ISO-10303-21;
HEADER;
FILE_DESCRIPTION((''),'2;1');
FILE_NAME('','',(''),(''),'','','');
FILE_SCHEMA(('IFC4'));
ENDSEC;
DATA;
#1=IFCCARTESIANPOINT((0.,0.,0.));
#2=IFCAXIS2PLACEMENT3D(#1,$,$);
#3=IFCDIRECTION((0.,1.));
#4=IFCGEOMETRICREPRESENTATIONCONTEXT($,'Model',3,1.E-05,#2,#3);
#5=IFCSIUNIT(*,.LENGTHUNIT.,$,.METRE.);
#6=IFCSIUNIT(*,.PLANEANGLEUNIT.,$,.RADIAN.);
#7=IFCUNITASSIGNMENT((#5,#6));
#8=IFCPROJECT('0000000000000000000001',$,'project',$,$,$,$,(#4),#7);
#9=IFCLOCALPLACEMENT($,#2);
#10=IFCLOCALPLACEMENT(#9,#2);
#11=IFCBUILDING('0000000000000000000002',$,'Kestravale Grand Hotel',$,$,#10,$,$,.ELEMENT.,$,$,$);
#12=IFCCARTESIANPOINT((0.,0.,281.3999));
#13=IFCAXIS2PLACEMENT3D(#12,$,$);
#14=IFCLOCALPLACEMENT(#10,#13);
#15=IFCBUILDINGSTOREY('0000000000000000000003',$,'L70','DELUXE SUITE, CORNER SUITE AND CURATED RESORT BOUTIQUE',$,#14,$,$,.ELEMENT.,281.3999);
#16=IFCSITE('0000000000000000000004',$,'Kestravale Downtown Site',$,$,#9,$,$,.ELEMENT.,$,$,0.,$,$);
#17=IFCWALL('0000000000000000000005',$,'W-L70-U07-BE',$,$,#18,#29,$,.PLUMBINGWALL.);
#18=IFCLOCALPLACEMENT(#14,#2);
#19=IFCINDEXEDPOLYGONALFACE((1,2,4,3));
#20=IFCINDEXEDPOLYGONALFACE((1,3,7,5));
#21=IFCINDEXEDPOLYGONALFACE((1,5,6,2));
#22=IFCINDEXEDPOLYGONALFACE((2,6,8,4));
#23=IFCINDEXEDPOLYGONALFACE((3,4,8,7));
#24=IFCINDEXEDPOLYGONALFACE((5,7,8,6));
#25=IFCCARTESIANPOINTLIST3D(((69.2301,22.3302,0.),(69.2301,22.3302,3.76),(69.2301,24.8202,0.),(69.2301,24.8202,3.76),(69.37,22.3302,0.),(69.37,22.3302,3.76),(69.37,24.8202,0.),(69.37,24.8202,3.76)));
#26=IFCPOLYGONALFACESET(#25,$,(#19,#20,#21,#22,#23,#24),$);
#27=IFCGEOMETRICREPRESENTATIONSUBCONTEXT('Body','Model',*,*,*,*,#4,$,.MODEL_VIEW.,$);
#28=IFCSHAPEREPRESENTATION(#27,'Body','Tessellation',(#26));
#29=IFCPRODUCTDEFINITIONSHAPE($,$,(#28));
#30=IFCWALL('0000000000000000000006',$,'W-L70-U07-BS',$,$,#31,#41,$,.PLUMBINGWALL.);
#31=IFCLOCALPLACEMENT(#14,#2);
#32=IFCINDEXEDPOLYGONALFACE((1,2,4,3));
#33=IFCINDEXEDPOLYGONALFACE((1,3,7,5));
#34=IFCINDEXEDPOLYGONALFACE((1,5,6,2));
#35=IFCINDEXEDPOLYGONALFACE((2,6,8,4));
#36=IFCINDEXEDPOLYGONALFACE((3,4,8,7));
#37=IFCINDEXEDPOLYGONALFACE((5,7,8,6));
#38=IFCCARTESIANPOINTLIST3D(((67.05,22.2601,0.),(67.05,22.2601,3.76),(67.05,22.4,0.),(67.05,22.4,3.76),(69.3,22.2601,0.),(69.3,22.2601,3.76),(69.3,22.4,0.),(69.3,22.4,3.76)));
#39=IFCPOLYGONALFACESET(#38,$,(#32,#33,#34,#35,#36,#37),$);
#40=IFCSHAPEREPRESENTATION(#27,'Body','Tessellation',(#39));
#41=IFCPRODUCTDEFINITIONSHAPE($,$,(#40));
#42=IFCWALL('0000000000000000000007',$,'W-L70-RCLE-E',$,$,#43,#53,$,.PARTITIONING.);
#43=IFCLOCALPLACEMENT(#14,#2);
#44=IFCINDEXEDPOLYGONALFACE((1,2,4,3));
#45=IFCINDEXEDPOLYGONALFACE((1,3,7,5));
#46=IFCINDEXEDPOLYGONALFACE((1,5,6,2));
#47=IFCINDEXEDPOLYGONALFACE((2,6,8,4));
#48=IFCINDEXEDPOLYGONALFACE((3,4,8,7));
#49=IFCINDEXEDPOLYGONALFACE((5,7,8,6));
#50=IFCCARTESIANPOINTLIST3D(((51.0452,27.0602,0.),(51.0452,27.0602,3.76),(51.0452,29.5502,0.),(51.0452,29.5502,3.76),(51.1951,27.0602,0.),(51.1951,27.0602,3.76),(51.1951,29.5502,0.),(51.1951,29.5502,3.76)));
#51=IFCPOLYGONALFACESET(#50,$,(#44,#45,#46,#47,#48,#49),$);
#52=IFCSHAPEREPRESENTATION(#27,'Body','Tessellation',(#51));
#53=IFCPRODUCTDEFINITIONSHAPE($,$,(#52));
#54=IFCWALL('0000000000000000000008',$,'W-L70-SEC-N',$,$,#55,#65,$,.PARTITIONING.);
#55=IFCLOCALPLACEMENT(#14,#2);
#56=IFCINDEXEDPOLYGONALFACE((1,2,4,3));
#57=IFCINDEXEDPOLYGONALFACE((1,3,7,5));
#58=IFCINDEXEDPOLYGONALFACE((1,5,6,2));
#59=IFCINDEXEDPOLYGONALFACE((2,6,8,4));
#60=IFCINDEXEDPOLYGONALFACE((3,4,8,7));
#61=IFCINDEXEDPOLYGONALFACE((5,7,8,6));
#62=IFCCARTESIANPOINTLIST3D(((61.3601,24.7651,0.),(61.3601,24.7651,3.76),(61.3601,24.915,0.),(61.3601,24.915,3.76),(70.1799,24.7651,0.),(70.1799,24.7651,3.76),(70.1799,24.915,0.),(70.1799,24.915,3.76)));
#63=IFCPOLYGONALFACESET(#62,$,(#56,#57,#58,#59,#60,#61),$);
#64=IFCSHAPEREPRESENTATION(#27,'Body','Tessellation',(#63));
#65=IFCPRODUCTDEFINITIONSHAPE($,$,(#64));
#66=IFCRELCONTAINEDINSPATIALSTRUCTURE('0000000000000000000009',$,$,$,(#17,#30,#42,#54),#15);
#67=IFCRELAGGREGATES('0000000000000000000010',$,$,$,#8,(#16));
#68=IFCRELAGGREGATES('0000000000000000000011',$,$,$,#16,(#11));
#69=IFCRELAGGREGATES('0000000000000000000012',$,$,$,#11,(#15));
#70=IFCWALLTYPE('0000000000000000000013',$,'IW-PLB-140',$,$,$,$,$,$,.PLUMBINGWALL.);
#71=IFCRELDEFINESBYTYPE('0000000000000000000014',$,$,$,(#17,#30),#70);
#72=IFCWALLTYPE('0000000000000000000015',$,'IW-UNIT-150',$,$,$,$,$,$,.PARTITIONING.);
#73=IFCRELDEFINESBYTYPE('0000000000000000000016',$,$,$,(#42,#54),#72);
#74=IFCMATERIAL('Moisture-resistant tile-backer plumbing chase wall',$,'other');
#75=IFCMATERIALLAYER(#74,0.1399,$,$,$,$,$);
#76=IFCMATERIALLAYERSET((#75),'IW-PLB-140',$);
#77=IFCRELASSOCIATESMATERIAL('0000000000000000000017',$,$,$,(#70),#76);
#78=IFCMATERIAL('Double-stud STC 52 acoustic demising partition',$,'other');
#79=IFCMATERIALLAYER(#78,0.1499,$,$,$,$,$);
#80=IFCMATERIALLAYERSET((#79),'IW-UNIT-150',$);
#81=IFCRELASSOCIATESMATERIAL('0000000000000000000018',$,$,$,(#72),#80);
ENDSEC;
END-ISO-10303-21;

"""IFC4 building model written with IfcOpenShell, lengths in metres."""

from ifc_helpers import new_model, si_unit, direction, frame, frame_2d, origin, place, context, subcontext, project, spatial, rectangle, extrude, material, layer, layer_set, type_object, element, save


model = new_model("IFC4")

# Units and contexts
model_context = context("Model", 3, precision=1e-05, world=origin(), true_north=direction((0.0, 1.0)))
body_context = subcontext(model_context, "Body", "Model", "MODEL_VIEW")
ifc_project = project(units=[si_unit("LENGTHUNIT", "METRE"), si_unit("PLANEANGLEUNIT", "RADIAN")], contexts=[model_context])

# Site, building, storey
site_placement = place(None, origin())
site = spatial("IfcSite", under=ifc_project, at=site_placement, Name="Kestravale Downtown Site", CompositionType="ELEMENT", RefElevation=0.0)
building_placement = place(site_placement, origin())
building = spatial("IfcBuilding", under=site, at=building_placement, Name="Kestravale Grand Hotel", CompositionType="ELEMENT")
storey_placement = place(building_placement, frame((0.0, 0.0, 281.3999)))
storey = spatial("IfcBuildingStorey", under=building, at=storey_placement, Name="L70", Description="DELUXE SUITE, CORNER SUITE AND CURATED RESORT BOUTIQUE", CompositionType="ELEMENT", Elevation=281.3999)

# Shared definitions
ifc_material_1 = material(Name="Moisture-resistant tile-backer plumbing chase wall", Category="other")
ifc_layer_1 = layer(ifc_material_1, 0.1399)
ifc_layer_set_1 = layer_set([ifc_layer_1], Name="IW-PLB-140")
wall_type_1 = type_object("IfcWallType", Name="IW-PLB-140", PredefinedType="PLUMBINGWALL", material=ifc_layer_set_1)

# Walls
wall_1_placement = place(storey_placement, frame((69.3, 22.3301, 0.0), z_axis=(0.0, 0.0, 1.0), x_axis=(0.0, 1.0, 0.0)))
element("IfcWall", 1, at=wall_1_placement, inside=storey, type_object=wall_type_1, Name="W-L70-U07-BE", PredefinedType="PLUMBINGWALL", context=body_context, shape_type="SweptSolid", body=[
    extrude(rectangle(XDim=2.49, YDim=0.1399, at=frame_2d((1.2451, 0.0))), origin(), (0.0, 0.0, 1.0), 3.76),
])
wall_2_placement = place(storey_placement, frame((67.05, 22.3301, 0.0), z_axis=(0.0, 0.0, 1.0), x_axis=(1.0, 0.0, 0.0)))
element("IfcWall", 2, at=wall_2_placement, inside=storey, type_object=wall_type_1, Name="W-L70-U07-BS", PredefinedType="PLUMBINGWALL", context=body_context, shape_type="SweptSolid", body=[
    extrude(rectangle(XDim=2.25, YDim=0.1399, at=frame_2d((1.125, 0.0))), origin(), (0.0, 0.0, 1.0), 3.76),
])
ifc_material_2 = material(Name="Double-stud STC 52 acoustic demising partition", Category="other")
ifc_layer_2 = layer(ifc_material_2, 0.1499)
ifc_layer_set_2 = layer_set([ifc_layer_2], Name="IW-UNIT-150")
wall_type_2 = type_object("IfcWallType", Name="IW-UNIT-150", PredefinedType="PARTITIONING", material=ifc_layer_set_2)
wall_3_placement = place(storey_placement, frame((51.1201, 27.0601, 0.0), z_axis=(0.0, 0.0, 1.0), x_axis=(0.0, 1.0, 0.0)))
element("IfcWall", 3, at=wall_3_placement, inside=storey, type_object=wall_type_2, Name="W-L70-RCLE-E", PredefinedType="PARTITIONING", context=body_context, shape_type="SweptSolid", body=[
    extrude(rectangle(XDim=2.49, YDim=0.1499, at=frame_2d((1.2451, 0.0))), origin(), (0.0, 0.0, 1.0), 3.76),
])
wall_4_placement = place(storey_placement, frame((61.3601, 24.8401, 0.0), z_axis=(0.0, 0.0, 1.0), x_axis=(1.0, 0.0, 0.0)))
element("IfcWall", 4, at=wall_4_placement, inside=storey, type_object=wall_type_2, Name="W-L70-SEC-N", PredefinedType="PARTITIONING", context=body_context, shape_type="SweptSolid", body=[
    extrude(rectangle(XDim=8.8198, YDim=0.1499, at=frame_2d((4.4099, 0.0))), origin(), (0.0, 0.0, 1.0), 3.76),
])

save(model, "model.ifc")
